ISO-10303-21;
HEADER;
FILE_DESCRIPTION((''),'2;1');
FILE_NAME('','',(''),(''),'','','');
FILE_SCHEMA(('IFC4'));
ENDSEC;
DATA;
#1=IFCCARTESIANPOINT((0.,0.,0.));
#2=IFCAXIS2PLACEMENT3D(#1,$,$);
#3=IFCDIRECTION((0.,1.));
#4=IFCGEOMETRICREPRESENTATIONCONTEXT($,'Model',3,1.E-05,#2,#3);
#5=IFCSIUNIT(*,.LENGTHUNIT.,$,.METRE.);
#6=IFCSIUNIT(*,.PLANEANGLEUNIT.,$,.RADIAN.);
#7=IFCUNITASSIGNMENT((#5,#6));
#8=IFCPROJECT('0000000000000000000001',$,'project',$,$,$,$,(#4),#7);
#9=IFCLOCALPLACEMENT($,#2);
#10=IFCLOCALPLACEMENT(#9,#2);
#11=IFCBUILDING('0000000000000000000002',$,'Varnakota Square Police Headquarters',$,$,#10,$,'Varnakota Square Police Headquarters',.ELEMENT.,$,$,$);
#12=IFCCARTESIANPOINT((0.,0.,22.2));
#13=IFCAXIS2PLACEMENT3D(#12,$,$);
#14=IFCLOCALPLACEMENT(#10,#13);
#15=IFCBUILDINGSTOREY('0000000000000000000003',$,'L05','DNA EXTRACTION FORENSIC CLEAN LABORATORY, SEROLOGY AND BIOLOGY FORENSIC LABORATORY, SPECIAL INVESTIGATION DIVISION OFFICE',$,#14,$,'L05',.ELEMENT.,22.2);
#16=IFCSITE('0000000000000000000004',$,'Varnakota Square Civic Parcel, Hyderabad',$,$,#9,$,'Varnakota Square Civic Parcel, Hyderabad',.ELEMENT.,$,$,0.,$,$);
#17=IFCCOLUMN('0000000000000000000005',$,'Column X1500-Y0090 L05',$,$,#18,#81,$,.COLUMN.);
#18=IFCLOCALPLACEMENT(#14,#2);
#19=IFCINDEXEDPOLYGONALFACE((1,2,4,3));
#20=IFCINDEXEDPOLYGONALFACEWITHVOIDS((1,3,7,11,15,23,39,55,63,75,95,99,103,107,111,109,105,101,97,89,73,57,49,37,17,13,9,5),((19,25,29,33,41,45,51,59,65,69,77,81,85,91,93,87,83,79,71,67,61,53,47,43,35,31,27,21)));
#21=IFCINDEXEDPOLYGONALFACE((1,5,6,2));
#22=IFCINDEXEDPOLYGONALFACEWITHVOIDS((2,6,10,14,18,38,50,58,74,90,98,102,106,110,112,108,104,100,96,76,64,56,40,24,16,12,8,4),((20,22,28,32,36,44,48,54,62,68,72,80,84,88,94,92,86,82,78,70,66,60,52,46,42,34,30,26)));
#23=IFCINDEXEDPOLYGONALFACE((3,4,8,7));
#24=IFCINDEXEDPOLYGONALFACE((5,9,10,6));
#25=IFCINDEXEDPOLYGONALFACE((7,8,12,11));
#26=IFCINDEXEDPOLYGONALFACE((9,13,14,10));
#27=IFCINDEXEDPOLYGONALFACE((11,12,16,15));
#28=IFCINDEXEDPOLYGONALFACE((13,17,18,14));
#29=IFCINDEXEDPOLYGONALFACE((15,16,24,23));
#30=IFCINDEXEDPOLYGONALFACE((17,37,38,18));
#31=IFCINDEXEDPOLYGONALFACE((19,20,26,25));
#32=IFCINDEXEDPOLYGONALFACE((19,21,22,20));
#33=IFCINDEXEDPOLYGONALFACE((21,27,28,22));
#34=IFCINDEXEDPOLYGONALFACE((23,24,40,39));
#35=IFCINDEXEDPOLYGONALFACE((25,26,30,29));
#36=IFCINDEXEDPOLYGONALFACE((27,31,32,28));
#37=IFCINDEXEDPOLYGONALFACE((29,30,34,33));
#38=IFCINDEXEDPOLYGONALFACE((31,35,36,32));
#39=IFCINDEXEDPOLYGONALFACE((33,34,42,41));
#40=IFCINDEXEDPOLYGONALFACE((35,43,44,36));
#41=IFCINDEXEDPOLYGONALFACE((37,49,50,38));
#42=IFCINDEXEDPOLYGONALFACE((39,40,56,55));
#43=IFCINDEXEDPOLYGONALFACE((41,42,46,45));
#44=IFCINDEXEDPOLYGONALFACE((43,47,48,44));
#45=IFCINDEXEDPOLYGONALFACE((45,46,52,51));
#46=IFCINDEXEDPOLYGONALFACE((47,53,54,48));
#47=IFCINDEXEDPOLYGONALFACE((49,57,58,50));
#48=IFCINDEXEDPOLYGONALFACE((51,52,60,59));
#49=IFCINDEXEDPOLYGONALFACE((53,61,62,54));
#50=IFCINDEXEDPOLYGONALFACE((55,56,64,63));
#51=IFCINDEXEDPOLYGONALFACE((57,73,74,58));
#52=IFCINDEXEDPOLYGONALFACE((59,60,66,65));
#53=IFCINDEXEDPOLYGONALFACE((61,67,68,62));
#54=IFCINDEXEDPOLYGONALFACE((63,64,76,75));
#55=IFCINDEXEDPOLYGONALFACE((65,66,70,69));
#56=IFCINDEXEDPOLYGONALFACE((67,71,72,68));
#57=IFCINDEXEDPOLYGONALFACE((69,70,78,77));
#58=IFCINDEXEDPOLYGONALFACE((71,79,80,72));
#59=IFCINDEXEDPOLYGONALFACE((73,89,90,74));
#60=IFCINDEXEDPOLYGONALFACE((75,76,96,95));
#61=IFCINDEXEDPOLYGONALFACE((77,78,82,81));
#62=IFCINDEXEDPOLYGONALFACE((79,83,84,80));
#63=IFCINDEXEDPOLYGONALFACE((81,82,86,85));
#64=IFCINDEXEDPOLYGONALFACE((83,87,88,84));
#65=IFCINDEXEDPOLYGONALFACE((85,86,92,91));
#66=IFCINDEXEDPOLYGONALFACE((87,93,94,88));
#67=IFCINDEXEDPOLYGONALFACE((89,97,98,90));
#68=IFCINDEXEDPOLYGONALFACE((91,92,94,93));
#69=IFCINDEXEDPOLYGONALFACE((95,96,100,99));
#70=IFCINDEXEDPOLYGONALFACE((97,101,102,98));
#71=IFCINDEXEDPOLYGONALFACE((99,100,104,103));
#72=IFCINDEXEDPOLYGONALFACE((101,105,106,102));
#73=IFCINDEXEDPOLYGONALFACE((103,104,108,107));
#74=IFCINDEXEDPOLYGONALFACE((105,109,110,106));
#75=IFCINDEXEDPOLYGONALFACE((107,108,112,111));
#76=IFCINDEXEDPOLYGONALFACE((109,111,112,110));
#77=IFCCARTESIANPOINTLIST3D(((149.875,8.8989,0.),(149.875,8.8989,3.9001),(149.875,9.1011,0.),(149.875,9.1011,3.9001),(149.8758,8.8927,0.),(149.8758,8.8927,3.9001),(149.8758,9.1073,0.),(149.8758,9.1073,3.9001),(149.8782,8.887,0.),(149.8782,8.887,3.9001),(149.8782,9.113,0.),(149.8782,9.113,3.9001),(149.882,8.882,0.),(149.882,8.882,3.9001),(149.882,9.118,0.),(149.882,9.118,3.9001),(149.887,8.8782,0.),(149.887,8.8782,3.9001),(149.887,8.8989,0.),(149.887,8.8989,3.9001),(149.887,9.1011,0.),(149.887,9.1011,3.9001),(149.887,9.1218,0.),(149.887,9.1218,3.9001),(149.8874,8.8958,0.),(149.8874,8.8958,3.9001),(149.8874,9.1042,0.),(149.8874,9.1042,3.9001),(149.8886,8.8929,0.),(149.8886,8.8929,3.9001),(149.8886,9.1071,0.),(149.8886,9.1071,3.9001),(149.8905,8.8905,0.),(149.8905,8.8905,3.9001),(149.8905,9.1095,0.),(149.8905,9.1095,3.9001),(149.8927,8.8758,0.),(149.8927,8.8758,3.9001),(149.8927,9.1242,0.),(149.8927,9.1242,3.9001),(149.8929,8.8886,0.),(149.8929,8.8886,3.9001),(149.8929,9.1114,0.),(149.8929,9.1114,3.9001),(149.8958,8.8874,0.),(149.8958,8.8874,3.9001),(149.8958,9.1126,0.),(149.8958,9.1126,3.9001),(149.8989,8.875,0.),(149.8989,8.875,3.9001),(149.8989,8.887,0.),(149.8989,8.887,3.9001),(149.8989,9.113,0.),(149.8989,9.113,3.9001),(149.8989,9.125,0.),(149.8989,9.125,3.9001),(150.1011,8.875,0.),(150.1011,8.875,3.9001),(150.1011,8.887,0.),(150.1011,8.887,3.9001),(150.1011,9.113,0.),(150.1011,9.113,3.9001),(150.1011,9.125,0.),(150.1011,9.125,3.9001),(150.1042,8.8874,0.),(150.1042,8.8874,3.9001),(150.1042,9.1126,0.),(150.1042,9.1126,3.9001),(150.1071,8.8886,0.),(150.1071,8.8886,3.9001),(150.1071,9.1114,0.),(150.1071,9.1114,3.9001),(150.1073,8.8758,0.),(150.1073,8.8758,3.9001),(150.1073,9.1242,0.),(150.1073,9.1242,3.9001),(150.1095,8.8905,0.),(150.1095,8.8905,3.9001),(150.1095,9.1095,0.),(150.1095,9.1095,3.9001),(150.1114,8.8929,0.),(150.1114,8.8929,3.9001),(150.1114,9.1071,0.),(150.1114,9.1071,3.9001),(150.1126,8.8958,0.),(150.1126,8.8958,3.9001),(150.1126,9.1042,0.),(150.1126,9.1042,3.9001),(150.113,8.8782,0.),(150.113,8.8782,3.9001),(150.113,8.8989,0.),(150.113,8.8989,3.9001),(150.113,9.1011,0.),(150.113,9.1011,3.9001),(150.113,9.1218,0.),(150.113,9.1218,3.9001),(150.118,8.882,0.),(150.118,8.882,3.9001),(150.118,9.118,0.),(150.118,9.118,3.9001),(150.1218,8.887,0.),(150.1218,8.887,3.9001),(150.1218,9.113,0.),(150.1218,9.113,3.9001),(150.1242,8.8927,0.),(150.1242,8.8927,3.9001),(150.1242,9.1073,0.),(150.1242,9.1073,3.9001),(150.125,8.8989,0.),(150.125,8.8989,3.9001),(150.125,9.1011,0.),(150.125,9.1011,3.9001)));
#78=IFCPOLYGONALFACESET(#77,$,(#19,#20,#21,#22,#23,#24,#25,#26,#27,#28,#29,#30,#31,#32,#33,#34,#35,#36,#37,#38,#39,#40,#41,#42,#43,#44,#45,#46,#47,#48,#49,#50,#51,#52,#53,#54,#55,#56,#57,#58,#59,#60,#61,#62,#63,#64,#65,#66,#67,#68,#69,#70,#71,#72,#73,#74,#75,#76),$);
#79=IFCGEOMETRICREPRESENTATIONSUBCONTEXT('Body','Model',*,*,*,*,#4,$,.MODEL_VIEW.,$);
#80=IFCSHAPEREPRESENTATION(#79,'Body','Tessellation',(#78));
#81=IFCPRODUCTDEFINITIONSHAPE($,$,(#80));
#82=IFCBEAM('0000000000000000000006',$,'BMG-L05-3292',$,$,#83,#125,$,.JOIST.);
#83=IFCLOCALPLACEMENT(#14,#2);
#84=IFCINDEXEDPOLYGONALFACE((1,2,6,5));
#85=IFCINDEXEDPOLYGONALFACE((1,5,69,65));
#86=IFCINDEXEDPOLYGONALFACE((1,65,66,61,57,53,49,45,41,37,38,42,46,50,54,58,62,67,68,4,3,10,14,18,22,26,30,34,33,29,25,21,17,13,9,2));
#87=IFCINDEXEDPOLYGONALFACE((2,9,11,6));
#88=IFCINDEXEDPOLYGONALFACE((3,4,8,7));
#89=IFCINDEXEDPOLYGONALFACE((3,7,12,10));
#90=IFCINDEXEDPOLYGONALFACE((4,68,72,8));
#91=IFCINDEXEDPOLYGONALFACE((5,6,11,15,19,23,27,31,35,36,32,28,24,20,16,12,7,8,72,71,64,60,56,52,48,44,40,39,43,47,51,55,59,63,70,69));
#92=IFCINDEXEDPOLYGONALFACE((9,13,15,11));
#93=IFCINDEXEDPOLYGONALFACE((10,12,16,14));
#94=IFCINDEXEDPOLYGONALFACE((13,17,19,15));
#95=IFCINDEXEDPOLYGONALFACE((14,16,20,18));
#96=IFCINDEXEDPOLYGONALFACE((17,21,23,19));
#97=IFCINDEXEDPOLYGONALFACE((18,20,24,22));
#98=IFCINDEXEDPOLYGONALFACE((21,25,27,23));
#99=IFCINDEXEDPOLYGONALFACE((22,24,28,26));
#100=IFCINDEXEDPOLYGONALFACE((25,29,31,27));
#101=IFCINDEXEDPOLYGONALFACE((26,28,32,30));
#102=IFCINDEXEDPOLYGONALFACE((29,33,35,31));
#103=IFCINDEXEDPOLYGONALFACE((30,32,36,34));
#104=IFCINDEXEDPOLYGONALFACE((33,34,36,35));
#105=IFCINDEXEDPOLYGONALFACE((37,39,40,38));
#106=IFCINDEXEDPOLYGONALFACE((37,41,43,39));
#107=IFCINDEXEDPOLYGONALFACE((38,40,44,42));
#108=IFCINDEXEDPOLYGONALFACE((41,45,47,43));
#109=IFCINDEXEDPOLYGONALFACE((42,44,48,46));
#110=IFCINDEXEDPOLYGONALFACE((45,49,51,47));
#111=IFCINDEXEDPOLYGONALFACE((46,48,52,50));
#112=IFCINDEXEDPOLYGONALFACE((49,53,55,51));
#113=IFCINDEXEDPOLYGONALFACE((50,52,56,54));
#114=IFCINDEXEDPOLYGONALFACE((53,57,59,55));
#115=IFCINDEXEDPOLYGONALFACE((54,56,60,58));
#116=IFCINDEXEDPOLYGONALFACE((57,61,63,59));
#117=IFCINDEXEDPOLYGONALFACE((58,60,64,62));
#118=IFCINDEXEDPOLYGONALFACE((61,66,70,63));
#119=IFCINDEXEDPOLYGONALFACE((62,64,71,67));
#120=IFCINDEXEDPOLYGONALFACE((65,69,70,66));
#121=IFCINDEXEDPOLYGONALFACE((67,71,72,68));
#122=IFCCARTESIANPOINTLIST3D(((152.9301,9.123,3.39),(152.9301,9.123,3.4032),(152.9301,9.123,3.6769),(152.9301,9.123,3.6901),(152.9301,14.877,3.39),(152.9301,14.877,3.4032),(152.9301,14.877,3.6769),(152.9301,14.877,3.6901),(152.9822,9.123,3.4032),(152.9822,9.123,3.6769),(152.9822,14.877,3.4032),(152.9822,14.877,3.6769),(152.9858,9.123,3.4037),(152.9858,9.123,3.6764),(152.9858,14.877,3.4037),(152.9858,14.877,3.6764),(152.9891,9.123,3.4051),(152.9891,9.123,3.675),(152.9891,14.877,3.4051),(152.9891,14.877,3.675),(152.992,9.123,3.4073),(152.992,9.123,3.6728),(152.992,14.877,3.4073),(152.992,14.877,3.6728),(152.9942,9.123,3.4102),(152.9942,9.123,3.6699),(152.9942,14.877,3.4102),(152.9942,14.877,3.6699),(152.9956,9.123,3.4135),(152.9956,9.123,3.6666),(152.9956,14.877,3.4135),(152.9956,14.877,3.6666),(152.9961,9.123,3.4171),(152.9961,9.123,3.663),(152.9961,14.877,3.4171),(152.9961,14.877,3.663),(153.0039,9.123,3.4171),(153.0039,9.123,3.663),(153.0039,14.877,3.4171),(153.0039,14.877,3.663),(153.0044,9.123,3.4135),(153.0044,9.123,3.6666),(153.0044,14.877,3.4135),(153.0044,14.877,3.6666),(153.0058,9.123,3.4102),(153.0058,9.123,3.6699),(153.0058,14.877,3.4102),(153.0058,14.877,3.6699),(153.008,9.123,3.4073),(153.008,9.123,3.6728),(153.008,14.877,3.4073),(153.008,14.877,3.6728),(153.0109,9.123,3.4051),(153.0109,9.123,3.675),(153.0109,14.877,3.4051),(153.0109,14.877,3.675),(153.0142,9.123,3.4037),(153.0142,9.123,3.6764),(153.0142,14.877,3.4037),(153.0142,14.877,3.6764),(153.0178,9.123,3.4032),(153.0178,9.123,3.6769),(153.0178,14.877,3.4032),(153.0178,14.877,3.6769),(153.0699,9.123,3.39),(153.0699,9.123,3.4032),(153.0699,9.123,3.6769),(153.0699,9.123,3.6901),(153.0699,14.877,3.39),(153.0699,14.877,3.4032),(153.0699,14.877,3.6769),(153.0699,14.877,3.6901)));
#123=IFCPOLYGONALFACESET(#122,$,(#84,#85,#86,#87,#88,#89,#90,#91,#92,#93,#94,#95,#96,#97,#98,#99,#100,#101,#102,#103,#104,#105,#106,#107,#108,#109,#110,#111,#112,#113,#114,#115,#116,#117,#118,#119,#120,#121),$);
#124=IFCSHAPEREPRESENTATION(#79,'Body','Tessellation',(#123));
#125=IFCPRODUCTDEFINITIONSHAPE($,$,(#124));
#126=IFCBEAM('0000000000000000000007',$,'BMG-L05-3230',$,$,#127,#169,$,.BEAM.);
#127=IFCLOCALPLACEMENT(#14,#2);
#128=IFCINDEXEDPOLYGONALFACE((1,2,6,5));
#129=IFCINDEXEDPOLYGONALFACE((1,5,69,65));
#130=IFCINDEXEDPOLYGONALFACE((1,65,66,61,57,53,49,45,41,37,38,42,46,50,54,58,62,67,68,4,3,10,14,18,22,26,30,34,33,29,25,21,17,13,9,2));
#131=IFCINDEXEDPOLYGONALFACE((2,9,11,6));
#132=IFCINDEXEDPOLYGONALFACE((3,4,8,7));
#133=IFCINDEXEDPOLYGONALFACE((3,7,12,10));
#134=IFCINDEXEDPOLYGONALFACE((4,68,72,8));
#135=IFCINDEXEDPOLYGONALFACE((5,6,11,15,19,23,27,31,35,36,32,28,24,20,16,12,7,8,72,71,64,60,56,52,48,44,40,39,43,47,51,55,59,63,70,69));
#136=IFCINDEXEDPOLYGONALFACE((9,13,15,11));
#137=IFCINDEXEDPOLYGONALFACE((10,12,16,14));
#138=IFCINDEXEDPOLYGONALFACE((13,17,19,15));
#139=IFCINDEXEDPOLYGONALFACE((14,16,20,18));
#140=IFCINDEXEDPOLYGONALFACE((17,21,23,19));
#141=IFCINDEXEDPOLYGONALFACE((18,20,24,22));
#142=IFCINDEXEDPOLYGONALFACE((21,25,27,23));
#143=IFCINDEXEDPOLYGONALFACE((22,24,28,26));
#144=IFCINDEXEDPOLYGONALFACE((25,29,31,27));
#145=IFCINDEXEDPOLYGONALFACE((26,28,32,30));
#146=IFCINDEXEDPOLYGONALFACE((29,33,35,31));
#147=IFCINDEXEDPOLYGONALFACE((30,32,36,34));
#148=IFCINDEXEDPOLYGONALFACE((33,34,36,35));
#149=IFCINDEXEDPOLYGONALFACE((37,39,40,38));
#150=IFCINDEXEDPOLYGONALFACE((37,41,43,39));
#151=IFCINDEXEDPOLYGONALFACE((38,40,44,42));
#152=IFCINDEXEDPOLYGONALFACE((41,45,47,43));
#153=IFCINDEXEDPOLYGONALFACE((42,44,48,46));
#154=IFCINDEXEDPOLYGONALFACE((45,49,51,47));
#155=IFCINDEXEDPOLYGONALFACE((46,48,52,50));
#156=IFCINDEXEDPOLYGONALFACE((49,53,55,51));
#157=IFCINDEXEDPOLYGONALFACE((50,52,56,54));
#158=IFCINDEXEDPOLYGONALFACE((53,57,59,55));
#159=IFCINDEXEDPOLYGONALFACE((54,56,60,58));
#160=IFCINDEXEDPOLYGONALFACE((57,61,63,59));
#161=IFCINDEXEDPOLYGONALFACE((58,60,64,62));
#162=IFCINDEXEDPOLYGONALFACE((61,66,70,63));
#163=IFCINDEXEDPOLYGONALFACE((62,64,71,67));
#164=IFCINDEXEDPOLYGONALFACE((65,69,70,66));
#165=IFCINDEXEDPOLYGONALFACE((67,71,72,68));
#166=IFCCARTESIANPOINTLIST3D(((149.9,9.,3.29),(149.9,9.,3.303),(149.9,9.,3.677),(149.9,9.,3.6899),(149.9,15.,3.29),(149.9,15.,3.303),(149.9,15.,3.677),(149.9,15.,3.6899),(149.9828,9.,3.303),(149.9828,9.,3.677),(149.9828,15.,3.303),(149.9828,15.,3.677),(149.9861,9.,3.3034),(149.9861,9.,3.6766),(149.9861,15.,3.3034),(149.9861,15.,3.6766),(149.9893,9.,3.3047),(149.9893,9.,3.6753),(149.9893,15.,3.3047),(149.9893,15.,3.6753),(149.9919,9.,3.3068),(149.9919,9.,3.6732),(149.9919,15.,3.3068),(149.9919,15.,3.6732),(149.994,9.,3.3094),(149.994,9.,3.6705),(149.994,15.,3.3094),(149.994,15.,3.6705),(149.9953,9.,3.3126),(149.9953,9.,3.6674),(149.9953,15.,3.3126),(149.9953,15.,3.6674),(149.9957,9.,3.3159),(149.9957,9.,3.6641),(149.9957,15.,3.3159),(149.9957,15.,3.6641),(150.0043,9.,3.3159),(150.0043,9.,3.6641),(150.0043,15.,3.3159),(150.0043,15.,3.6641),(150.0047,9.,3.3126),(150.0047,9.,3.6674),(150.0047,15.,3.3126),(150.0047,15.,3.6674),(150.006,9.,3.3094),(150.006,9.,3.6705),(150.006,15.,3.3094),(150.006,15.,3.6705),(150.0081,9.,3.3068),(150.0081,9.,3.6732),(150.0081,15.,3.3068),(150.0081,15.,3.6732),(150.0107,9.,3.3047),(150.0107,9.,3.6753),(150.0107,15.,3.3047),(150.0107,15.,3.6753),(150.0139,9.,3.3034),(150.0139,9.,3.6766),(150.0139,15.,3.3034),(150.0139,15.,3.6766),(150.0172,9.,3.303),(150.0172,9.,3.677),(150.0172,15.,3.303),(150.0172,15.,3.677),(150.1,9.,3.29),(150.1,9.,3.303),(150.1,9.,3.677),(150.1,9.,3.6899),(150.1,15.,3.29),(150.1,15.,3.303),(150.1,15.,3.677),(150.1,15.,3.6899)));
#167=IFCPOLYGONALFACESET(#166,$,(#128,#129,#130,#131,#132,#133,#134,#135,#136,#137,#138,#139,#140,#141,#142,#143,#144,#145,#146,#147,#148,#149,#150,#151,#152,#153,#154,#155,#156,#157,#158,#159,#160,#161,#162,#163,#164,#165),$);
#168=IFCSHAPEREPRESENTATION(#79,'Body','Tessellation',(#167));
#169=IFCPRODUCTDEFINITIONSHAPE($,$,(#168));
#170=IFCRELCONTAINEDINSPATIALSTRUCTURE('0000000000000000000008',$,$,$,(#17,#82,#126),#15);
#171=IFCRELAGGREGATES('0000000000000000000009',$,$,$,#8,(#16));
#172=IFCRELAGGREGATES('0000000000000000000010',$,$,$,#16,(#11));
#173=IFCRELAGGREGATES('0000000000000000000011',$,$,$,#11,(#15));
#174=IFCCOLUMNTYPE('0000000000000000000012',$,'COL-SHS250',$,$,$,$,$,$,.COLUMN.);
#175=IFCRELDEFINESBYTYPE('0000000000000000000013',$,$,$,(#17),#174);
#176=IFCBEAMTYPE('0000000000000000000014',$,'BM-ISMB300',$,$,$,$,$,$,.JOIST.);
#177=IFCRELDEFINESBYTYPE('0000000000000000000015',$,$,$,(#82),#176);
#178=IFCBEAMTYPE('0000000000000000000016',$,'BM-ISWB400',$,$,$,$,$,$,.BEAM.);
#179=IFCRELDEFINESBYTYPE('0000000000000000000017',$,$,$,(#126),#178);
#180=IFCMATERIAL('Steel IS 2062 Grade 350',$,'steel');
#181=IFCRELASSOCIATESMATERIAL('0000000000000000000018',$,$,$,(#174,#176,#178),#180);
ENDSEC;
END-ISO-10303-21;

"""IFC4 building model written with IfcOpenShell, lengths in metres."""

from ifc_helpers import new_model, si_unit, direction, frame, origin, origin_2d, place, context, subcontext, project, spatial, hollow_rectangle, i_section, extrude, material, material_profile, profile_set, type_object, element, save


model = new_model("IFC4")

# Units and contexts
model_context = context("Model", 3, precision=1e-05, world=origin(), true_north=direction((0.0, 1.0)))
body_context = subcontext(model_context, "Body", "Model", "MODEL_VIEW")
ifc_project = project(units=[si_unit("LENGTHUNIT", "METRE"), si_unit("PLANEANGLEUNIT", "RADIAN")], contexts=[model_context])

# Site, building, storey
site_placement = place(None, origin())
site = spatial("IfcSite", under=ifc_project, at=site_placement, Name="Varnakota Square Civic Parcel, Hyderabad", LongName="Varnakota Square Civic Parcel, Hyderabad", CompositionType="ELEMENT", RefElevation=0.0)
building_placement = place(site_placement, origin())
building = spatial("IfcBuilding", under=site, at=building_placement, Name="Varnakota Square Police Headquarters", LongName="Varnakota Square Police Headquarters", CompositionType="ELEMENT")
storey_placement = place(building_placement, frame((0.0, 0.0, 22.2)))
storey = spatial("IfcBuildingStorey", under=building, at=storey_placement, Name="L05", Description="DNA EXTRACTION FORENSIC CLEAN LABORATORY, SEROLOGY AND BIOLOGY FORENSIC LABORATORY, SPECIAL INVESTIGATION DIVISION OFFICE", LongName="L05", CompositionType="ELEMENT", Elevation=22.2)

# Column
ifc_material_1 = material(Name="Steel IS 2062 Grade 350", Category="steel")
ifc_material_profile_1 = material_profile(ifc_material_1, hollow_rectangle(XDim=0.25, YDim=0.25, WallThickness=0.012, InnerFilletRadius=0.012, OuterFilletRadius=0.0239, at=origin_2d()), Name="SHS 250x250x12")
ifc_profile_set_1 = profile_set([ifc_material_profile_1], Name="Steel IS 2062 Grade 350")
column_type = type_object("IfcColumnType", Name="COL-SHS250", PredefinedType="COLUMN", material=ifc_profile_set_1)
column_placement = place(storey_placement, frame((150.0, 9.0, 0.0), z_axis=(0.0, 0.0, 1.0), x_axis=(1.0, 0.0, 0.0)))
element("IfcColumn", 1, at=column_placement, inside=storey, type_object=column_type, Name="Column X1500-Y0090 L05", PredefinedType="COLUMN", context=body_context, shape_type="SweptSolid", body=[
    extrude(hollow_rectangle(XDim=0.25, YDim=0.25, WallThickness=0.012, InnerFilletRadius=0.012, OuterFilletRadius=0.0239, at=origin_2d()), origin(), (0.0, 0.0, 1.0), 3.9001),
])

# Beams
ifc_material_profile_2 = material_profile(ifc_material_1, i_section(OverallWidth=0.1399, OverallDepth=0.3, WebThickness=0.0078, FlangeThickness=0.0132, FilletRadius=0.0139, at=origin_2d()), Name="ISMB 300")
ifc_profile_set_2 = profile_set([ifc_material_profile_2], Name="Steel IS 2062 Grade 350")
beam_type_1 = type_object("IfcBeamType", Name="BM-ISMB300", PredefinedType="JOIST", material=ifc_profile_set_2)
beam_1_placement = place(storey_placement, frame((153.0, 9.123, 3.54), z_axis=(0.0, 1.0, 0.0), x_axis=(-1.0, 0.0, 0.0)))
element("IfcBeam", 2, at=beam_1_placement, inside=storey, type_object=beam_type_1, Name="BMG-L05-3292", PredefinedType="JOIST", context=body_context, shape_type="SweptSolid", body=[
    extrude(i_section(OverallWidth=0.1399, OverallDepth=0.3, WebThickness=0.0078, FlangeThickness=0.0132, FilletRadius=0.0139, at=origin_2d()), origin(), (0.0, 0.0, 1.0), 5.7539),
])
ifc_material_profile_3 = material_profile(ifc_material_1, i_section(OverallWidth=0.2, OverallDepth=0.3999, WebThickness=0.0085, FlangeThickness=0.0129, FilletRadius=0.0129, at=origin_2d()), Name="ISWB 400")
ifc_profile_set_3 = profile_set([ifc_material_profile_3], Name="Steel IS 2062 Grade 350")
beam_type_2 = type_object("IfcBeamType", Name="BM-ISWB400", PredefinedType="BEAM", material=ifc_profile_set_3)
beam_2_placement = place(storey_placement, frame((150.0, 9.0, 3.49), z_axis=(0.0, 1.0, 0.0), x_axis=(-1.0, 0.0, 0.0)))
element("IfcBeam", 3, at=beam_2_placement, inside=storey, type_object=beam_type_2, Name="BMG-L05-3230", PredefinedType="BEAM", context=body_context, shape_type="SweptSolid", body=[
    extrude(i_section(OverallWidth=0.2, OverallDepth=0.3999, WebThickness=0.0085, FlangeThickness=0.0129, FilletRadius=0.0129, at=origin_2d()), origin(), (0.0, 0.0, 1.0), 6.0),
])

save(model, "model.ifc")
